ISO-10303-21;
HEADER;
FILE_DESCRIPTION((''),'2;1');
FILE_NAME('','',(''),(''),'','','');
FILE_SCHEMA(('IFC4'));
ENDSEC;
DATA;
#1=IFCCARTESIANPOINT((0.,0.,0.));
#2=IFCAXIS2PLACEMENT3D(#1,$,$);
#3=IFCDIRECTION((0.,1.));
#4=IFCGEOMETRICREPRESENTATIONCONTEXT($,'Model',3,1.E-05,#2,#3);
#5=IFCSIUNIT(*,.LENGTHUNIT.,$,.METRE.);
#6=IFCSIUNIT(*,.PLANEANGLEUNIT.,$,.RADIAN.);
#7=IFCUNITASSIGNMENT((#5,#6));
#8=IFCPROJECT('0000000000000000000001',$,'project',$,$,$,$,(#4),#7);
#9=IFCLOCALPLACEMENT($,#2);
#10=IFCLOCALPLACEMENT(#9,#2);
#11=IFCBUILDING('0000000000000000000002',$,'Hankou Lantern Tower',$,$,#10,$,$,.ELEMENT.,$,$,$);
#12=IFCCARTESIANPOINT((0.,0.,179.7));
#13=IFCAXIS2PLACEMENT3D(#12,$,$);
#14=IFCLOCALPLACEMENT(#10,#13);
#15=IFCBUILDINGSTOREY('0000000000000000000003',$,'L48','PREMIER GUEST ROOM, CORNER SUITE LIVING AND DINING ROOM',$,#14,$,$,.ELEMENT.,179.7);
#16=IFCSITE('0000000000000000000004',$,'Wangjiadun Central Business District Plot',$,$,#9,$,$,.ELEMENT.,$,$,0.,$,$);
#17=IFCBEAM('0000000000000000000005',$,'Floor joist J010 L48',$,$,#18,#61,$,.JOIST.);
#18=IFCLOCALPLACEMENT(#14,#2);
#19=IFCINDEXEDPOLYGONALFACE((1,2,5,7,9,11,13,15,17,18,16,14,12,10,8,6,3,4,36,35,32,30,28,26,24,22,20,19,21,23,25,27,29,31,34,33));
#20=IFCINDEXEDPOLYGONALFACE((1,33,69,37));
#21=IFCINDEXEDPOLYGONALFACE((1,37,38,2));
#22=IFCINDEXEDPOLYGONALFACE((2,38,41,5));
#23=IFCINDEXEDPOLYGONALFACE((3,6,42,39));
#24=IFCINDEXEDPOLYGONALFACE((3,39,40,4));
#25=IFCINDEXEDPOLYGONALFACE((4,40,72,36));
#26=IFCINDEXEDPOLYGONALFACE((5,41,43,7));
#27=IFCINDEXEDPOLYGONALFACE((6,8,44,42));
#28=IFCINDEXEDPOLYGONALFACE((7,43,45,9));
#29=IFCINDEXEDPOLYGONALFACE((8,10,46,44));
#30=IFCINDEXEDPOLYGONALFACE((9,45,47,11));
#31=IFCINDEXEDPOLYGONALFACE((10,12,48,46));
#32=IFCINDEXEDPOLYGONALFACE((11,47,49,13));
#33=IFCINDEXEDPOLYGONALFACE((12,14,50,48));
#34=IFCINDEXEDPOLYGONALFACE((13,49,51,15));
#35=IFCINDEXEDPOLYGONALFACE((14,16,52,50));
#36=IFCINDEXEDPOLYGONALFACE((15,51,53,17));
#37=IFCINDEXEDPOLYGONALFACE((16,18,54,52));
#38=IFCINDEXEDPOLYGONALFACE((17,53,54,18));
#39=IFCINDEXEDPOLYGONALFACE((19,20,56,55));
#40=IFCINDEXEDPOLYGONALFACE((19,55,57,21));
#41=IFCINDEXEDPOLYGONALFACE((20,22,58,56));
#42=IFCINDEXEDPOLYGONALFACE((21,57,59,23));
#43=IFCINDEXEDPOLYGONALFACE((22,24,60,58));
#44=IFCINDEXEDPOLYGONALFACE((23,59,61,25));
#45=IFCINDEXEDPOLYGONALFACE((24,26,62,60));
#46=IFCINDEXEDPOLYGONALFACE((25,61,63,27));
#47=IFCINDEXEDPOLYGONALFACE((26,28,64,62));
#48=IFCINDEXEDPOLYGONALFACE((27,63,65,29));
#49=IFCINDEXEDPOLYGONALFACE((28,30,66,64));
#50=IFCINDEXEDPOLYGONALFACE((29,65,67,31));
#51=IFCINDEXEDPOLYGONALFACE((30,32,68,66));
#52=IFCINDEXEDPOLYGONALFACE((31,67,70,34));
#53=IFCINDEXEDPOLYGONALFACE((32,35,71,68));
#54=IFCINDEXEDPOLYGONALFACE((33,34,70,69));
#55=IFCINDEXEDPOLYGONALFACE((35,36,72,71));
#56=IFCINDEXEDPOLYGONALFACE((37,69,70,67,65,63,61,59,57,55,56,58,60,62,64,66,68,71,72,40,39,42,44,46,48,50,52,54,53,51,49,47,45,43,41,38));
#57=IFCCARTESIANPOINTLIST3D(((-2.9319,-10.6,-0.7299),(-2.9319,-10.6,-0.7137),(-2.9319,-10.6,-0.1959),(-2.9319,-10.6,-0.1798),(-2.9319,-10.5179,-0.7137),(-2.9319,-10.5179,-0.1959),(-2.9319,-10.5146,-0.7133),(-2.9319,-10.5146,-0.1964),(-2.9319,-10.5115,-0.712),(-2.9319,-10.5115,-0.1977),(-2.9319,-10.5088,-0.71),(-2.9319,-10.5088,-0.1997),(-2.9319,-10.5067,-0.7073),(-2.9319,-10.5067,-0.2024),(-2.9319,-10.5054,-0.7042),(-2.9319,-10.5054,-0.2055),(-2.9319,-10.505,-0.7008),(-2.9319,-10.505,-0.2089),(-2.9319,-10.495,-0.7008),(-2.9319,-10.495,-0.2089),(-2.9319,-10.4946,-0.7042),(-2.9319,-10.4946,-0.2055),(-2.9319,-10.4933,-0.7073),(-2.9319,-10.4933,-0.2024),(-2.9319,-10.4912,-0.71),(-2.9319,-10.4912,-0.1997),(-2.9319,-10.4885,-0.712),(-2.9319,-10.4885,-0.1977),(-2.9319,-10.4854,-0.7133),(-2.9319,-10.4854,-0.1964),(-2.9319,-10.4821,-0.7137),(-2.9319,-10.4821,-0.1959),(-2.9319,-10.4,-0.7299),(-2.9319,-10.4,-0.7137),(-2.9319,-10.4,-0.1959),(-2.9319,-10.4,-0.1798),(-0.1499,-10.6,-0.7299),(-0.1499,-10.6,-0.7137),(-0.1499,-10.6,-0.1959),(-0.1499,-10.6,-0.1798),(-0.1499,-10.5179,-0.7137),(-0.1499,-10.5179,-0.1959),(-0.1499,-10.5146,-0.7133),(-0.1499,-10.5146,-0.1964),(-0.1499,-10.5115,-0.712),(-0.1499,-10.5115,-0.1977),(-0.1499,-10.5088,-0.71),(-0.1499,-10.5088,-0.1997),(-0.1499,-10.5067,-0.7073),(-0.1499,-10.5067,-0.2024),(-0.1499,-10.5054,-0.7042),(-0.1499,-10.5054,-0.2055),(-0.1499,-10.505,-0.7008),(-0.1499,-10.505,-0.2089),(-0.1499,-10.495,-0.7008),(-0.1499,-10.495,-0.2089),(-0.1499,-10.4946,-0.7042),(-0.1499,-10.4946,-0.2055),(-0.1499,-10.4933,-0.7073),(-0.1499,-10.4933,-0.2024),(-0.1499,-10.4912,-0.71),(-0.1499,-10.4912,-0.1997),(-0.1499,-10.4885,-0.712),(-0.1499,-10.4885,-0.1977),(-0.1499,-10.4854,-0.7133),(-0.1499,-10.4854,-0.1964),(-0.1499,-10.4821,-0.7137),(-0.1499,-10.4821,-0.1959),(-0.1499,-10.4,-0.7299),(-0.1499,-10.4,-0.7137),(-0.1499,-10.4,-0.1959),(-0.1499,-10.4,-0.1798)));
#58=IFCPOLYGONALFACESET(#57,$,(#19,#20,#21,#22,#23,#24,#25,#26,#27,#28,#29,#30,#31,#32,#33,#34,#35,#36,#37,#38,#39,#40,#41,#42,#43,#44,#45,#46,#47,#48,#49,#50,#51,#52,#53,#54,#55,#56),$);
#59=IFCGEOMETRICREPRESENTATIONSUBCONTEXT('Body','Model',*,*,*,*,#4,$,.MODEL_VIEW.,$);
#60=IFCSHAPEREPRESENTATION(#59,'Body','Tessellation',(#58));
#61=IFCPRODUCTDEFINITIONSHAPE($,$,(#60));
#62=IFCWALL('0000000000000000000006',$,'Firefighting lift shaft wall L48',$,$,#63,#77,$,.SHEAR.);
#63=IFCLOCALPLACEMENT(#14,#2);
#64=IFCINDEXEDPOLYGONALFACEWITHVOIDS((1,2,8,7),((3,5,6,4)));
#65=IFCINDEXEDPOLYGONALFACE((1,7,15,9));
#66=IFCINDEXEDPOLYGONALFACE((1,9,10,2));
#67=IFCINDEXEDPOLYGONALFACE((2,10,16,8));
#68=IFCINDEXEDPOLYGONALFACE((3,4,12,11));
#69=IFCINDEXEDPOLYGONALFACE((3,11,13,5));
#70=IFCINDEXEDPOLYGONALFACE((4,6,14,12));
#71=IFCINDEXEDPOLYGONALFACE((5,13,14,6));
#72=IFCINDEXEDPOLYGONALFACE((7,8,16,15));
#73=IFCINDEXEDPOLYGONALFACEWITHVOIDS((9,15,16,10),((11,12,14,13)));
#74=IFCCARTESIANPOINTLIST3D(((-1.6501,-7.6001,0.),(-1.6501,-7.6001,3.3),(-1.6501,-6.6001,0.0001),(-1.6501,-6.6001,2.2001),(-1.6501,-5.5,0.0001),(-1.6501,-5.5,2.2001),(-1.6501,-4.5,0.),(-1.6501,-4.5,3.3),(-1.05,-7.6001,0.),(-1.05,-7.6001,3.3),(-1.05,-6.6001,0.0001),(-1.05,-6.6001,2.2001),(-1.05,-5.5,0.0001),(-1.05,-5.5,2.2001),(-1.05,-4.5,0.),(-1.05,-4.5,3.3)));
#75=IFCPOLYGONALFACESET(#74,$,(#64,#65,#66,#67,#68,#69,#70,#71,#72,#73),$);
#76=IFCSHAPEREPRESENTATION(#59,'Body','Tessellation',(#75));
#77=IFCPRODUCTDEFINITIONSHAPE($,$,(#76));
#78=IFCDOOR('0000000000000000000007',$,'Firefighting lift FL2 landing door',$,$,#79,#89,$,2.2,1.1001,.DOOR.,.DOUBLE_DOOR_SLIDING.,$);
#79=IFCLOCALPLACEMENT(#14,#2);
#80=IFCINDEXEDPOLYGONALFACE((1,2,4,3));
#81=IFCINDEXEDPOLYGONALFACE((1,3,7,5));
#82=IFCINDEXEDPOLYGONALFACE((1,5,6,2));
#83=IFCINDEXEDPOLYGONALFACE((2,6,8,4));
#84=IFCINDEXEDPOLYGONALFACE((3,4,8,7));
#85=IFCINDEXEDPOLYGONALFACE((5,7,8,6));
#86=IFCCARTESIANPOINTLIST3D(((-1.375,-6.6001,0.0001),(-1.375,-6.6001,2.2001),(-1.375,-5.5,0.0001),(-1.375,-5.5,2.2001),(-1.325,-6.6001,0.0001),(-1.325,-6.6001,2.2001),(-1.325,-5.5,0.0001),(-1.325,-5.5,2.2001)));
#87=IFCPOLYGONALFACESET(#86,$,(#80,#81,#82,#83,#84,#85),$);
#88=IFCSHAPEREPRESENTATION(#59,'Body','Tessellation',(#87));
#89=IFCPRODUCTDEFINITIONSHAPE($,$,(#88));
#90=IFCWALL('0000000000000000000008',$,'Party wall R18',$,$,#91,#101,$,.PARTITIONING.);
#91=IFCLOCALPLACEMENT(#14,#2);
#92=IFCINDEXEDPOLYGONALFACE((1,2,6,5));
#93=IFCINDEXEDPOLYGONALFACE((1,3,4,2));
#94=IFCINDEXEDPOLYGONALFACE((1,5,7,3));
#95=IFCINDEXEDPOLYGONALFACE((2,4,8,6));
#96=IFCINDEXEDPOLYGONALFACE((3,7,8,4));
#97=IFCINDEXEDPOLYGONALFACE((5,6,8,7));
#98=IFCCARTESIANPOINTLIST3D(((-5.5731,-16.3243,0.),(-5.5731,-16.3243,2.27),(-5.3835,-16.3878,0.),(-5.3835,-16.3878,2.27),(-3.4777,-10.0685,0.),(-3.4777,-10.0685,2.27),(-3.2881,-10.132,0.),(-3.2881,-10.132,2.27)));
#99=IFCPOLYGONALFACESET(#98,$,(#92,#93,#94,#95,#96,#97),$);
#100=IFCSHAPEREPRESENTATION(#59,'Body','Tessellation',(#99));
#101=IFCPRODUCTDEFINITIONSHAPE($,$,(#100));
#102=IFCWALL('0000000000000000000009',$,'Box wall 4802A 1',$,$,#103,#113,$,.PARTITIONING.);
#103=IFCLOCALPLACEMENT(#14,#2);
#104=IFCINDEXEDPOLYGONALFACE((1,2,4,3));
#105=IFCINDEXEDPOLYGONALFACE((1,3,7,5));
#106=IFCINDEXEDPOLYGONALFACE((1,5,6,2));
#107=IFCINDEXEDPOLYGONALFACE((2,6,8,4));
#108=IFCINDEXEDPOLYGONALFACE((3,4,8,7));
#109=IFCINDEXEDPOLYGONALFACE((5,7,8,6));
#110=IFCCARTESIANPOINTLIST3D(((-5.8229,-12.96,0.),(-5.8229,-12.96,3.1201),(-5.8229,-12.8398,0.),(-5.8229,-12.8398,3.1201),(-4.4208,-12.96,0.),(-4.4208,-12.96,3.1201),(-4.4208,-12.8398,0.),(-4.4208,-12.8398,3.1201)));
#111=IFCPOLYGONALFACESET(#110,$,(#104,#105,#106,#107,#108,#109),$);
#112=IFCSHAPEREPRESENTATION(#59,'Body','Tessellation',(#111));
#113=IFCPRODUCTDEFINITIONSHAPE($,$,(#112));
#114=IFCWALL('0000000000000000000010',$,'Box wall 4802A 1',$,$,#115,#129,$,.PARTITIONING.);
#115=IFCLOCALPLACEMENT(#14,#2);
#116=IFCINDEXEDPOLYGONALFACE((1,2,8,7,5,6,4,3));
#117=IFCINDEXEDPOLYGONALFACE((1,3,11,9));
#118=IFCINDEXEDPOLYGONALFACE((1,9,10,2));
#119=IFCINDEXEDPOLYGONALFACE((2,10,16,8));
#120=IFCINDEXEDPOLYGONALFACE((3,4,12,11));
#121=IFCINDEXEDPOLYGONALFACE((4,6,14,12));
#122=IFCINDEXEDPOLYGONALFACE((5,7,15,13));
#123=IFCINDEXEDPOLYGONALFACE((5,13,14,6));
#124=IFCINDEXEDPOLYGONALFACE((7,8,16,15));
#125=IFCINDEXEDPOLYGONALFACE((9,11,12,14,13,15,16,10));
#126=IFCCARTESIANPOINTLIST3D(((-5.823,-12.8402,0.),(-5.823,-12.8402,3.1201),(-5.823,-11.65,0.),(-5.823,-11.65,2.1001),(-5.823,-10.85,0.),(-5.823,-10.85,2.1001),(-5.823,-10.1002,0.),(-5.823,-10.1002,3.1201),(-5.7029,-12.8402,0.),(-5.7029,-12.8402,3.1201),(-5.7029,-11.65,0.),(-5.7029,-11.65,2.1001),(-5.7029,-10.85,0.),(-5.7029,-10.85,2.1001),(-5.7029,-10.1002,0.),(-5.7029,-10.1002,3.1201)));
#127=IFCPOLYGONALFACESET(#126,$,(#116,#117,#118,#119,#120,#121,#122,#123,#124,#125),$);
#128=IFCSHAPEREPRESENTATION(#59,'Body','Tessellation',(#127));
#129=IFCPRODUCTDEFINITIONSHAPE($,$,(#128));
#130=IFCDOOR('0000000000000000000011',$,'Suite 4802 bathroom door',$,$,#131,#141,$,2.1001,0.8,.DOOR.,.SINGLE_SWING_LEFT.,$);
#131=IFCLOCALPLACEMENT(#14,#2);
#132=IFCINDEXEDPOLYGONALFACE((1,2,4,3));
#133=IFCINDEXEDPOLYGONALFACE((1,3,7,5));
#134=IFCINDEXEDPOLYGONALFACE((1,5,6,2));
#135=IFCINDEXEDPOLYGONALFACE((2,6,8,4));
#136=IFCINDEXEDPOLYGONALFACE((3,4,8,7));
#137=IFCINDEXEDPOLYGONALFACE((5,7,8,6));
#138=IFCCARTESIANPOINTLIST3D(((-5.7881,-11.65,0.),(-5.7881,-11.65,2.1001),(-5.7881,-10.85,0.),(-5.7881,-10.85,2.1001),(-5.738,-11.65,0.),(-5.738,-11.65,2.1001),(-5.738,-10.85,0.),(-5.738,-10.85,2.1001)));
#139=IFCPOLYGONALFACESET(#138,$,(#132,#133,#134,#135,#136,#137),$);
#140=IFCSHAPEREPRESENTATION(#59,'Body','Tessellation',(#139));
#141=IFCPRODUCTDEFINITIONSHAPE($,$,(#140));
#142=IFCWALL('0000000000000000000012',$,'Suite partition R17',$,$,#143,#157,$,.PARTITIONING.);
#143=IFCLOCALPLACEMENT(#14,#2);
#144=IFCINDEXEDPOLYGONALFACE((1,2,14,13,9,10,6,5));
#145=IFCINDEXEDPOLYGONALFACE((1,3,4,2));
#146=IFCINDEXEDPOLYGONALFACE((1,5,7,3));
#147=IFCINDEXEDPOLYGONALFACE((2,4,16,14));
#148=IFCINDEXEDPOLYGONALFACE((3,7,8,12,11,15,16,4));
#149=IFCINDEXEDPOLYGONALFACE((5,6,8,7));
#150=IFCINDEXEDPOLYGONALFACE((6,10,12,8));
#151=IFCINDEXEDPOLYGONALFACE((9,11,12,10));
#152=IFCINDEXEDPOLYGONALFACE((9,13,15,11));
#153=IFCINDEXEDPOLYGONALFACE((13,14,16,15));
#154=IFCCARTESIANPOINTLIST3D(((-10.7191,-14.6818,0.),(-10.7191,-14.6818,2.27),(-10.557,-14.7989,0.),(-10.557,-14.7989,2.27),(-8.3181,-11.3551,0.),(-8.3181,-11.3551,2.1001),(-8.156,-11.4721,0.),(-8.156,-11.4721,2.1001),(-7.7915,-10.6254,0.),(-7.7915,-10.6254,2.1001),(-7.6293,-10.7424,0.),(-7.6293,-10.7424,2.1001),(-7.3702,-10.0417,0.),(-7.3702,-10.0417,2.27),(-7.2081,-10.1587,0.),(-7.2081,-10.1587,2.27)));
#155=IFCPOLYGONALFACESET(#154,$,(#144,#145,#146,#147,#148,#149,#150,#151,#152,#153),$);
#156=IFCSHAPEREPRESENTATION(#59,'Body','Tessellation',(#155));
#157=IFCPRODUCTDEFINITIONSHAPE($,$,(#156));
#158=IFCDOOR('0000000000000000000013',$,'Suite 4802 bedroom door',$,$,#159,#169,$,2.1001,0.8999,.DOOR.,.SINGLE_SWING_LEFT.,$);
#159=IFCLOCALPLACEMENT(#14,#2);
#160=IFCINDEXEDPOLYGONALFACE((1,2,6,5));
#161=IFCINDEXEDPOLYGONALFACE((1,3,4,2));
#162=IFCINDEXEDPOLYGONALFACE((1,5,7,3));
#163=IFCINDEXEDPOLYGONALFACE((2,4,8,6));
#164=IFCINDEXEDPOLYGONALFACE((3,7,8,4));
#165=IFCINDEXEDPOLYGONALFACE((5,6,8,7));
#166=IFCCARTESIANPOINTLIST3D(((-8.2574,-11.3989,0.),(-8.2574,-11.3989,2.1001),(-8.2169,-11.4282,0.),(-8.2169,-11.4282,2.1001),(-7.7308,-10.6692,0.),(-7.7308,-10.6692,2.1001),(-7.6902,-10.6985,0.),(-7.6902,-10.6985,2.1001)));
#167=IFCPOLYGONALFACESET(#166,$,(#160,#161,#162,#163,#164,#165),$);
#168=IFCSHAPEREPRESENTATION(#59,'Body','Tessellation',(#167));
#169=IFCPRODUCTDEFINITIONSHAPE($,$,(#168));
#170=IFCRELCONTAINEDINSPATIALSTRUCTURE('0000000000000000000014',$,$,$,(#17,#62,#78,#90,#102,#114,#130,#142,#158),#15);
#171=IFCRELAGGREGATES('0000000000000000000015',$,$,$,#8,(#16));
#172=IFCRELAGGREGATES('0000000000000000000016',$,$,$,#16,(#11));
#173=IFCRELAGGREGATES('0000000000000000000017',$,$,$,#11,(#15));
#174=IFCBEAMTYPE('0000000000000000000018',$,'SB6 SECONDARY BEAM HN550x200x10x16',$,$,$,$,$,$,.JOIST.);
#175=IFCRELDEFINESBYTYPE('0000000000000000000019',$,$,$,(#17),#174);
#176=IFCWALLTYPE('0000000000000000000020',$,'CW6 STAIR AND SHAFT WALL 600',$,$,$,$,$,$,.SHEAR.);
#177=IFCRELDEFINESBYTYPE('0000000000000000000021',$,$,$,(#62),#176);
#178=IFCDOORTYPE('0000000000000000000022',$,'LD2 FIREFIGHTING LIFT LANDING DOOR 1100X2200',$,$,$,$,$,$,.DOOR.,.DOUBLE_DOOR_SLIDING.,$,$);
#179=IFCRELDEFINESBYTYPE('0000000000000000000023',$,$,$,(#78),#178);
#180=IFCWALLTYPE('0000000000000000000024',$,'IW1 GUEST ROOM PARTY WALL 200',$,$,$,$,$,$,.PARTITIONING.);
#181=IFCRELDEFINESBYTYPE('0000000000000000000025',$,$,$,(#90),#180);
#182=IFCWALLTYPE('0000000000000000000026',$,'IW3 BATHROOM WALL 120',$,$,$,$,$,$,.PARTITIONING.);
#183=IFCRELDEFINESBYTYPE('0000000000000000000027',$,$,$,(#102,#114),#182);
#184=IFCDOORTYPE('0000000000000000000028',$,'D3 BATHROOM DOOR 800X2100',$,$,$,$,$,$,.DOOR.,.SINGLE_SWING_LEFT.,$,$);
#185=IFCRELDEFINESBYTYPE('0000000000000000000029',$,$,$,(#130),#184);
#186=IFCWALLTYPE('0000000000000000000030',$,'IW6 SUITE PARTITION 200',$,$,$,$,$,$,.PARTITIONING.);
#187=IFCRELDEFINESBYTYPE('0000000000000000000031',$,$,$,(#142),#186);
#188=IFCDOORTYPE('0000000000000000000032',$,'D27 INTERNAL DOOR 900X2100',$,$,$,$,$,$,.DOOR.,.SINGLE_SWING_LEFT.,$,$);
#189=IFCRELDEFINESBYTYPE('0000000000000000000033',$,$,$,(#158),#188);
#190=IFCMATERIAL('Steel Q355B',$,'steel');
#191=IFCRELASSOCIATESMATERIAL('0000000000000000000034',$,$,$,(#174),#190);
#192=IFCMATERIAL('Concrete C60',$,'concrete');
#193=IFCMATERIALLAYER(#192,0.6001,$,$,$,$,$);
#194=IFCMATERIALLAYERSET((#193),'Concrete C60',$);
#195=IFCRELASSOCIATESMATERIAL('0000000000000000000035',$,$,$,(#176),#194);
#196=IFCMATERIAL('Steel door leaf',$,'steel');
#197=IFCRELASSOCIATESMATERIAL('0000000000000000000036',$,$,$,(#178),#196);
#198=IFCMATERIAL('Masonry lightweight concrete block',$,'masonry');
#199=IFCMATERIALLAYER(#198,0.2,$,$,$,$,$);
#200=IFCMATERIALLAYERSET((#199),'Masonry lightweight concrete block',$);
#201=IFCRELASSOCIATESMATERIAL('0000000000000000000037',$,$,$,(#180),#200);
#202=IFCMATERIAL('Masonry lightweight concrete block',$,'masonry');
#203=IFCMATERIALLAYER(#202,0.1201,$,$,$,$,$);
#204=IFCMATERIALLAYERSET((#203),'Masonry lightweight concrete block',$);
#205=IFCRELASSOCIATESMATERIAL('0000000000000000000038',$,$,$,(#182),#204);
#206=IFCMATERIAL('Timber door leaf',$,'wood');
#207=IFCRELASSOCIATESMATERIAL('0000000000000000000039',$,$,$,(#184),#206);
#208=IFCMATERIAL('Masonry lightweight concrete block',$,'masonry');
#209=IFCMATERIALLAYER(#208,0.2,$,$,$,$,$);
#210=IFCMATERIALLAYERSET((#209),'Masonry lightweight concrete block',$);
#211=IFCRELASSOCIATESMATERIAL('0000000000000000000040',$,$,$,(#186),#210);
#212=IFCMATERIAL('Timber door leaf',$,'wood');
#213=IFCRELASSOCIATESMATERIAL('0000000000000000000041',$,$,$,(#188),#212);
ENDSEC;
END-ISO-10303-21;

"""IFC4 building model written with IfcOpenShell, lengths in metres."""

from ifc_helpers import new_model, si_unit, direction, frame, frame_2d, origin, origin_2d, place, context, subcontext, project, spatial, rectangle, i_section, extrude, material, layer, layer_set, material_profile, profile_set, type_object, element, fill, save


model = new_model("IFC4")

# Units and contexts
model_context = context("Model", 3, precision=1e-05, world=origin(), true_north=direction((0.0, 1.0)))
body_context = subcontext(model_context, "Body", "Model", "MODEL_VIEW")
ifc_project = project(units=[si_unit("LENGTHUNIT", "METRE"), si_unit("PLANEANGLEUNIT", "RADIAN")], contexts=[model_context])

# Site, building, storey
site_placement = place(None, origin())
site = spatial("IfcSite", under=ifc_project, at=site_placement, Name="Wangjiadun Central Business District Plot", CompositionType="ELEMENT", RefElevation=0.0)
building_placement = place(site_placement, origin())
building = spatial("IfcBuilding", under=site, at=building_placement, Name="Hankou Lantern Tower", CompositionType="ELEMENT")
storey_placement = place(building_placement, frame((0.0, 0.0, 179.7)))
storey = spatial("IfcBuildingStorey", under=building, at=storey_placement, Name="L48", Description="PREMIER GUEST ROOM, CORNER SUITE LIVING AND DINING ROOM", CompositionType="ELEMENT", Elevation=179.7)

# Beam
ifc_material_1 = material(Name="Steel Q355B", Category="steel")
ifc_material_profile_1 = material_profile(ifc_material_1, i_section(OverallWidth=0.2, OverallDepth=0.55, WebThickness=0.01, FlangeThickness=0.0161, FilletRadius=0.0129, at=origin_2d()), Name="HN550x200x10x16")
ifc_profile_set_1 = profile_set([ifc_material_profile_1], Name="Steel Q355B")
beam_type_1 = type_object("IfcBeamType", Name="SB6 SECONDARY BEAM HN550x200x10x16", PredefinedType="JOIST", material=ifc_profile_set_1)
beam_1_placement = place(storey_placement, frame((-2.9319, -10.5, -0.4548), z_axis=(1.0, 0.0, 0.0), x_axis=(0.0, 1.0, 0.0)))
element("IfcBeam", 1, at=beam_1_placement, inside=storey, type_object=beam_type_1, Name="Floor joist J010 L48", PredefinedType="JOIST", context=body_context, shape_type="SweptSolid", body=[
    extrude(i_section(OverallWidth=0.2, OverallDepth=0.55, WebThickness=0.01, FlangeThickness=0.0161, FilletRadius=0.0129, at=origin_2d()), origin(), (0.0, 0.0, 1.0), 2.782),
])

# Wall, opening, door
ifc_material_2 = material(Name="Concrete C60", Category="concrete")
ifc_layer_1 = layer(ifc_material_2, 0.6001)
ifc_layer_set_1 = layer_set([ifc_layer_1], Name="Concrete C60")
wall_type_1 = type_object("IfcWallType", Name="CW6 STAIR AND SHAFT WALL 600", PredefinedType="SHEAR", material=ifc_layer_set_1)
wall_1_placement = place(storey_placement, frame((-1.3501, -7.6001, 0.0), z_axis=(0.0, 0.0, 1.0), x_axis=(0.0, 1.0, 0.0)))
wall_1 = element("IfcWall", 2, at=wall_1_placement, inside=storey, type_object=wall_type_1, Name="Firefighting lift shaft wall L48", PredefinedType="SHEAR", context=body_context, shape_type="SweptSolid", body=[
    extrude(rectangle(XDim=3.1001, YDim=0.6001, at=frame_2d((1.55, 0.0))), origin(), (0.0, 0.0, 1.0), 3.3),
])
opening_1_placement = place(wall_1_placement, frame((1.0, 0.0, 0.0)))
opening_1 = element("IfcOpeningElement", 3, at=opening_1_placement, cuts=wall_1, PredefinedType="OPENING", context=body_context, shape_type="SweptSolid", body=[
    extrude(rectangle(XDim=1.1001, YDim=2.2, at=frame_2d((0.55, 1.1001))), frame((0.0, 0.3101, 0.0), z_axis=(0.0, -1.0, 0.0), x_axis=(1.0, 0.0, 0.0)), (0.0, 0.0, 1.0), 0.6201),
])
ifc_material_3 = material(Name="Steel door leaf", Category="steel")
door_type_1 = type_object("IfcDoorType", Name="LD2 FIREFIGHTING LIFT LANDING DOOR 1100X2200", OperationType="DOUBLE_DOOR_SLIDING", PredefinedType="DOOR", material=ifc_material_3)
door_1_placement = place(opening_1_placement, origin())
door_1 = element("IfcDoor", 4, at=door_1_placement, inside=storey, type_object=door_type_1, Name="Firefighting lift FL2 landing door", OperationType="DOUBLE_DOOR_SLIDING", OverallHeight=2.2, OverallWidth=1.1001, PredefinedType="DOOR", context=body_context, shape_type="SweptSolid", body=[
    extrude(rectangle(XDim=1.1001, YDim=2.2, at=frame_2d((0.55, 1.1001))), frame((0.0, 0.0249, 0.0), z_axis=(0.0, -1.0, 0.0), x_axis=(1.0, 0.0, 0.0)), (0.0, 0.0, 1.0), 0.05),
])
fill(opening_1, door_1)

# Walls
ifc_material_4 = material(Name="Masonry lightweight concrete block", Category="masonry")
ifc_layer_2 = layer(ifc_material_4, 0.2)
ifc_layer_set_2 = layer_set([ifc_layer_2], Name="Masonry lightweight concrete block")
wall_type_2 = type_object("IfcWallType", Name="IW1 GUEST ROOM PARTY WALL 200", PredefinedType="PARTITIONING", material=ifc_layer_set_2)
wall_2_placement = place(storey_placement, frame((-3.3828, -10.1001, 0.0), z_axis=(0.0, 0.0, 1.0), x_axis=(-0.317615, -0.94822, 0.0)))
element("IfcWall", 5, at=wall_2_placement, inside=storey, type_object=wall_type_2, Name="Party wall R18", PredefinedType="PARTITIONING", context=body_context, shape_type="SweptSolid", body=[
    extrude(rectangle(XDim=6.5974, YDim=0.2, at=frame_2d((3.2988, 0.0))), origin(), (0.0, 0.0, 1.0), 2.27),
])
ifc_material_5 = material(Name="Masonry lightweight concrete block", Category="masonry")
ifc_layer_3 = layer(ifc_material_5, 0.1201)
ifc_layer_set_3 = layer_set([ifc_layer_3], Name="Masonry lightweight concrete block")
wall_type_3 = type_object("IfcWallType", Name="IW3 BATHROOM WALL 120", PredefinedType="PARTITIONING", material=ifc_layer_set_3)
wall_3_placement = place(storey_placement, frame((-4.4207, -12.8999, 0.0), z_axis=(0.0, 0.0, 1.0), x_axis=(-1.0, 0.0, 0.0)))
element("IfcWall", 6, at=wall_3_placement, inside=storey, type_object=wall_type_3, Name="Box wall 4802A 1", PredefinedType="PARTITIONING", context=body_context, shape_type="SweptSolid", body=[
    extrude(rectangle(XDim=1.4021, YDim=0.1201, at=frame_2d((0.7012, 0.0))), origin(), (0.0, 0.0, 1.0), 3.1201),
])

# Walls, openings, doors
wall_4_placement = place(storey_placement, frame((-5.7629, -10.1001, 0.0), z_axis=(0.0, 0.0, 1.0), x_axis=(0.0, -1.0, 0.0)))
wall_4 = element("IfcWall", 7, at=wall_4_placement, inside=storey, type_object=wall_type_3, Name="Box wall 4802A 1", PredefinedType="PARTITIONING", context=body_context, shape_type="SweptSolid", body=[
    extrude(rectangle(XDim=2.74, YDim=0.1201, at=frame_2d((1.3701, 0.0))), origin(), (0.0, 0.0, 1.0), 3.1201),
])
opening_2_placement = place(wall_4_placement, frame((0.75, 0.0, 0.0)))
opening_2 = element("IfcOpeningElement", 8, at=opening_2_placement, cuts=wall_4, PredefinedType="OPENING", context=body_context, shape_type="SweptSolid", body=[
    extrude(rectangle(XDim=0.8, YDim=2.1001, at=frame_2d((0.3999, 1.05))), frame((0.0, 0.0701, 0.0), z_axis=(0.0, -1.0, 0.0), x_axis=(1.0, 0.0, 0.0)), (0.0, 0.0, 1.0), 0.1401),
])
ifc_material_6 = material(Name="Timber door leaf", Category="wood")
door_type_2 = type_object("IfcDoorType", Name="D3 BATHROOM DOOR 800X2100", OperationType="SINGLE_SWING_LEFT", PredefinedType="DOOR", material=ifc_material_6)
door_2_placement = place(opening_2_placement, origin())
door_2 = element("IfcDoor", 9, at=door_2_placement, inside=storey, type_object=door_type_2, Name="Suite 4802 bathroom door", OperationType="SINGLE_SWING_LEFT", OverallHeight=2.1001, OverallWidth=0.8, PredefinedType="DOOR", context=body_context, shape_type="SweptSolid", body=[
    extrude(rectangle(XDim=0.8, YDim=2.1001, at=frame_2d((0.3999, 1.05))), frame((0.0, 0.0249, 0.0), z_axis=(0.0, -1.0, 0.0), x_axis=(1.0, 0.0, 0.0)), (0.0, 0.0, 1.0), 0.05),
])
fill(opening_2, door_2)
ifc_material_7 = material(Name="Masonry lightweight concrete block", Category="masonry")
ifc_layer_4 = layer(ifc_material_7, 0.2)
ifc_layer_set_4 = layer_set([ifc_layer_4], Name="Masonry lightweight concrete block")
wall_type_4 = type_object("IfcWallType", Name="IW6 SUITE PARTITION 200", PredefinedType="PARTITIONING", material=ifc_layer_set_4)
wall_5_placement = place(storey_placement, frame((-7.2891, -10.1001, 0.0), z_axis=(0.0, 0.0, 1.0), x_axis=(-0.585223, -0.810873, 0.0)))
wall_5 = element("IfcWall", 10, at=wall_5_placement, inside=storey, type_object=wall_type_4, Name="Suite partition R17", PredefinedType="PARTITIONING", context=body_context, shape_type="SweptSolid", body=[
    extrude(rectangle(XDim=5.7224, YDim=0.2, at=frame_2d((2.8613, 0.0))), origin(), (0.0, 0.0, 1.0), 2.27),
])
opening_3_placement = place(wall_5_placement, frame((0.72, 0.0, 0.0)))
opening_3 = element("IfcOpeningElement", 11, at=opening_3_placement, cuts=wall_5, PredefinedType="OPENING", context=body_context, shape_type="SweptSolid", body=[
    extrude(rectangle(XDim=0.8999, YDim=2.1001, at=frame_2d((0.45, 1.05))), frame((0.0, 0.1099, 0.0), z_axis=(0.0, -1.0, 0.0), x_axis=(1.0, 0.0, 0.0)), (0.0, 0.0, 1.0), 0.22),
])
ifc_material_8 = material(Name="Timber door leaf", Category="wood")
door_type_3 = type_object("IfcDoorType", Name="D27 INTERNAL DOOR 900X2100", OperationType="SINGLE_SWING_LEFT", PredefinedType="DOOR", material=ifc_material_8)
door_3_placement = place(opening_3_placement, origin())
door_3 = element("IfcDoor", 12, at=door_3_placement, inside=storey, type_object=door_type_3, Name="Suite 4802 bedroom door", OperationType="SINGLE_SWING_LEFT", OverallHeight=2.1001, OverallWidth=0.8999, PredefinedType="DOOR", context=body_context, shape_type="SweptSolid", body=[
    extrude(rectangle(XDim=0.8999, YDim=2.1001, at=frame_2d((0.45, 1.05))), frame((0.0, 0.0249, 0.0), z_axis=(0.0, -1.0, 0.0), x_axis=(1.0, 0.0, 0.0)), (0.0, 0.0, 1.0), 0.05),
])
fill(opening_3, door_3)

save(model, "model.ifc")
